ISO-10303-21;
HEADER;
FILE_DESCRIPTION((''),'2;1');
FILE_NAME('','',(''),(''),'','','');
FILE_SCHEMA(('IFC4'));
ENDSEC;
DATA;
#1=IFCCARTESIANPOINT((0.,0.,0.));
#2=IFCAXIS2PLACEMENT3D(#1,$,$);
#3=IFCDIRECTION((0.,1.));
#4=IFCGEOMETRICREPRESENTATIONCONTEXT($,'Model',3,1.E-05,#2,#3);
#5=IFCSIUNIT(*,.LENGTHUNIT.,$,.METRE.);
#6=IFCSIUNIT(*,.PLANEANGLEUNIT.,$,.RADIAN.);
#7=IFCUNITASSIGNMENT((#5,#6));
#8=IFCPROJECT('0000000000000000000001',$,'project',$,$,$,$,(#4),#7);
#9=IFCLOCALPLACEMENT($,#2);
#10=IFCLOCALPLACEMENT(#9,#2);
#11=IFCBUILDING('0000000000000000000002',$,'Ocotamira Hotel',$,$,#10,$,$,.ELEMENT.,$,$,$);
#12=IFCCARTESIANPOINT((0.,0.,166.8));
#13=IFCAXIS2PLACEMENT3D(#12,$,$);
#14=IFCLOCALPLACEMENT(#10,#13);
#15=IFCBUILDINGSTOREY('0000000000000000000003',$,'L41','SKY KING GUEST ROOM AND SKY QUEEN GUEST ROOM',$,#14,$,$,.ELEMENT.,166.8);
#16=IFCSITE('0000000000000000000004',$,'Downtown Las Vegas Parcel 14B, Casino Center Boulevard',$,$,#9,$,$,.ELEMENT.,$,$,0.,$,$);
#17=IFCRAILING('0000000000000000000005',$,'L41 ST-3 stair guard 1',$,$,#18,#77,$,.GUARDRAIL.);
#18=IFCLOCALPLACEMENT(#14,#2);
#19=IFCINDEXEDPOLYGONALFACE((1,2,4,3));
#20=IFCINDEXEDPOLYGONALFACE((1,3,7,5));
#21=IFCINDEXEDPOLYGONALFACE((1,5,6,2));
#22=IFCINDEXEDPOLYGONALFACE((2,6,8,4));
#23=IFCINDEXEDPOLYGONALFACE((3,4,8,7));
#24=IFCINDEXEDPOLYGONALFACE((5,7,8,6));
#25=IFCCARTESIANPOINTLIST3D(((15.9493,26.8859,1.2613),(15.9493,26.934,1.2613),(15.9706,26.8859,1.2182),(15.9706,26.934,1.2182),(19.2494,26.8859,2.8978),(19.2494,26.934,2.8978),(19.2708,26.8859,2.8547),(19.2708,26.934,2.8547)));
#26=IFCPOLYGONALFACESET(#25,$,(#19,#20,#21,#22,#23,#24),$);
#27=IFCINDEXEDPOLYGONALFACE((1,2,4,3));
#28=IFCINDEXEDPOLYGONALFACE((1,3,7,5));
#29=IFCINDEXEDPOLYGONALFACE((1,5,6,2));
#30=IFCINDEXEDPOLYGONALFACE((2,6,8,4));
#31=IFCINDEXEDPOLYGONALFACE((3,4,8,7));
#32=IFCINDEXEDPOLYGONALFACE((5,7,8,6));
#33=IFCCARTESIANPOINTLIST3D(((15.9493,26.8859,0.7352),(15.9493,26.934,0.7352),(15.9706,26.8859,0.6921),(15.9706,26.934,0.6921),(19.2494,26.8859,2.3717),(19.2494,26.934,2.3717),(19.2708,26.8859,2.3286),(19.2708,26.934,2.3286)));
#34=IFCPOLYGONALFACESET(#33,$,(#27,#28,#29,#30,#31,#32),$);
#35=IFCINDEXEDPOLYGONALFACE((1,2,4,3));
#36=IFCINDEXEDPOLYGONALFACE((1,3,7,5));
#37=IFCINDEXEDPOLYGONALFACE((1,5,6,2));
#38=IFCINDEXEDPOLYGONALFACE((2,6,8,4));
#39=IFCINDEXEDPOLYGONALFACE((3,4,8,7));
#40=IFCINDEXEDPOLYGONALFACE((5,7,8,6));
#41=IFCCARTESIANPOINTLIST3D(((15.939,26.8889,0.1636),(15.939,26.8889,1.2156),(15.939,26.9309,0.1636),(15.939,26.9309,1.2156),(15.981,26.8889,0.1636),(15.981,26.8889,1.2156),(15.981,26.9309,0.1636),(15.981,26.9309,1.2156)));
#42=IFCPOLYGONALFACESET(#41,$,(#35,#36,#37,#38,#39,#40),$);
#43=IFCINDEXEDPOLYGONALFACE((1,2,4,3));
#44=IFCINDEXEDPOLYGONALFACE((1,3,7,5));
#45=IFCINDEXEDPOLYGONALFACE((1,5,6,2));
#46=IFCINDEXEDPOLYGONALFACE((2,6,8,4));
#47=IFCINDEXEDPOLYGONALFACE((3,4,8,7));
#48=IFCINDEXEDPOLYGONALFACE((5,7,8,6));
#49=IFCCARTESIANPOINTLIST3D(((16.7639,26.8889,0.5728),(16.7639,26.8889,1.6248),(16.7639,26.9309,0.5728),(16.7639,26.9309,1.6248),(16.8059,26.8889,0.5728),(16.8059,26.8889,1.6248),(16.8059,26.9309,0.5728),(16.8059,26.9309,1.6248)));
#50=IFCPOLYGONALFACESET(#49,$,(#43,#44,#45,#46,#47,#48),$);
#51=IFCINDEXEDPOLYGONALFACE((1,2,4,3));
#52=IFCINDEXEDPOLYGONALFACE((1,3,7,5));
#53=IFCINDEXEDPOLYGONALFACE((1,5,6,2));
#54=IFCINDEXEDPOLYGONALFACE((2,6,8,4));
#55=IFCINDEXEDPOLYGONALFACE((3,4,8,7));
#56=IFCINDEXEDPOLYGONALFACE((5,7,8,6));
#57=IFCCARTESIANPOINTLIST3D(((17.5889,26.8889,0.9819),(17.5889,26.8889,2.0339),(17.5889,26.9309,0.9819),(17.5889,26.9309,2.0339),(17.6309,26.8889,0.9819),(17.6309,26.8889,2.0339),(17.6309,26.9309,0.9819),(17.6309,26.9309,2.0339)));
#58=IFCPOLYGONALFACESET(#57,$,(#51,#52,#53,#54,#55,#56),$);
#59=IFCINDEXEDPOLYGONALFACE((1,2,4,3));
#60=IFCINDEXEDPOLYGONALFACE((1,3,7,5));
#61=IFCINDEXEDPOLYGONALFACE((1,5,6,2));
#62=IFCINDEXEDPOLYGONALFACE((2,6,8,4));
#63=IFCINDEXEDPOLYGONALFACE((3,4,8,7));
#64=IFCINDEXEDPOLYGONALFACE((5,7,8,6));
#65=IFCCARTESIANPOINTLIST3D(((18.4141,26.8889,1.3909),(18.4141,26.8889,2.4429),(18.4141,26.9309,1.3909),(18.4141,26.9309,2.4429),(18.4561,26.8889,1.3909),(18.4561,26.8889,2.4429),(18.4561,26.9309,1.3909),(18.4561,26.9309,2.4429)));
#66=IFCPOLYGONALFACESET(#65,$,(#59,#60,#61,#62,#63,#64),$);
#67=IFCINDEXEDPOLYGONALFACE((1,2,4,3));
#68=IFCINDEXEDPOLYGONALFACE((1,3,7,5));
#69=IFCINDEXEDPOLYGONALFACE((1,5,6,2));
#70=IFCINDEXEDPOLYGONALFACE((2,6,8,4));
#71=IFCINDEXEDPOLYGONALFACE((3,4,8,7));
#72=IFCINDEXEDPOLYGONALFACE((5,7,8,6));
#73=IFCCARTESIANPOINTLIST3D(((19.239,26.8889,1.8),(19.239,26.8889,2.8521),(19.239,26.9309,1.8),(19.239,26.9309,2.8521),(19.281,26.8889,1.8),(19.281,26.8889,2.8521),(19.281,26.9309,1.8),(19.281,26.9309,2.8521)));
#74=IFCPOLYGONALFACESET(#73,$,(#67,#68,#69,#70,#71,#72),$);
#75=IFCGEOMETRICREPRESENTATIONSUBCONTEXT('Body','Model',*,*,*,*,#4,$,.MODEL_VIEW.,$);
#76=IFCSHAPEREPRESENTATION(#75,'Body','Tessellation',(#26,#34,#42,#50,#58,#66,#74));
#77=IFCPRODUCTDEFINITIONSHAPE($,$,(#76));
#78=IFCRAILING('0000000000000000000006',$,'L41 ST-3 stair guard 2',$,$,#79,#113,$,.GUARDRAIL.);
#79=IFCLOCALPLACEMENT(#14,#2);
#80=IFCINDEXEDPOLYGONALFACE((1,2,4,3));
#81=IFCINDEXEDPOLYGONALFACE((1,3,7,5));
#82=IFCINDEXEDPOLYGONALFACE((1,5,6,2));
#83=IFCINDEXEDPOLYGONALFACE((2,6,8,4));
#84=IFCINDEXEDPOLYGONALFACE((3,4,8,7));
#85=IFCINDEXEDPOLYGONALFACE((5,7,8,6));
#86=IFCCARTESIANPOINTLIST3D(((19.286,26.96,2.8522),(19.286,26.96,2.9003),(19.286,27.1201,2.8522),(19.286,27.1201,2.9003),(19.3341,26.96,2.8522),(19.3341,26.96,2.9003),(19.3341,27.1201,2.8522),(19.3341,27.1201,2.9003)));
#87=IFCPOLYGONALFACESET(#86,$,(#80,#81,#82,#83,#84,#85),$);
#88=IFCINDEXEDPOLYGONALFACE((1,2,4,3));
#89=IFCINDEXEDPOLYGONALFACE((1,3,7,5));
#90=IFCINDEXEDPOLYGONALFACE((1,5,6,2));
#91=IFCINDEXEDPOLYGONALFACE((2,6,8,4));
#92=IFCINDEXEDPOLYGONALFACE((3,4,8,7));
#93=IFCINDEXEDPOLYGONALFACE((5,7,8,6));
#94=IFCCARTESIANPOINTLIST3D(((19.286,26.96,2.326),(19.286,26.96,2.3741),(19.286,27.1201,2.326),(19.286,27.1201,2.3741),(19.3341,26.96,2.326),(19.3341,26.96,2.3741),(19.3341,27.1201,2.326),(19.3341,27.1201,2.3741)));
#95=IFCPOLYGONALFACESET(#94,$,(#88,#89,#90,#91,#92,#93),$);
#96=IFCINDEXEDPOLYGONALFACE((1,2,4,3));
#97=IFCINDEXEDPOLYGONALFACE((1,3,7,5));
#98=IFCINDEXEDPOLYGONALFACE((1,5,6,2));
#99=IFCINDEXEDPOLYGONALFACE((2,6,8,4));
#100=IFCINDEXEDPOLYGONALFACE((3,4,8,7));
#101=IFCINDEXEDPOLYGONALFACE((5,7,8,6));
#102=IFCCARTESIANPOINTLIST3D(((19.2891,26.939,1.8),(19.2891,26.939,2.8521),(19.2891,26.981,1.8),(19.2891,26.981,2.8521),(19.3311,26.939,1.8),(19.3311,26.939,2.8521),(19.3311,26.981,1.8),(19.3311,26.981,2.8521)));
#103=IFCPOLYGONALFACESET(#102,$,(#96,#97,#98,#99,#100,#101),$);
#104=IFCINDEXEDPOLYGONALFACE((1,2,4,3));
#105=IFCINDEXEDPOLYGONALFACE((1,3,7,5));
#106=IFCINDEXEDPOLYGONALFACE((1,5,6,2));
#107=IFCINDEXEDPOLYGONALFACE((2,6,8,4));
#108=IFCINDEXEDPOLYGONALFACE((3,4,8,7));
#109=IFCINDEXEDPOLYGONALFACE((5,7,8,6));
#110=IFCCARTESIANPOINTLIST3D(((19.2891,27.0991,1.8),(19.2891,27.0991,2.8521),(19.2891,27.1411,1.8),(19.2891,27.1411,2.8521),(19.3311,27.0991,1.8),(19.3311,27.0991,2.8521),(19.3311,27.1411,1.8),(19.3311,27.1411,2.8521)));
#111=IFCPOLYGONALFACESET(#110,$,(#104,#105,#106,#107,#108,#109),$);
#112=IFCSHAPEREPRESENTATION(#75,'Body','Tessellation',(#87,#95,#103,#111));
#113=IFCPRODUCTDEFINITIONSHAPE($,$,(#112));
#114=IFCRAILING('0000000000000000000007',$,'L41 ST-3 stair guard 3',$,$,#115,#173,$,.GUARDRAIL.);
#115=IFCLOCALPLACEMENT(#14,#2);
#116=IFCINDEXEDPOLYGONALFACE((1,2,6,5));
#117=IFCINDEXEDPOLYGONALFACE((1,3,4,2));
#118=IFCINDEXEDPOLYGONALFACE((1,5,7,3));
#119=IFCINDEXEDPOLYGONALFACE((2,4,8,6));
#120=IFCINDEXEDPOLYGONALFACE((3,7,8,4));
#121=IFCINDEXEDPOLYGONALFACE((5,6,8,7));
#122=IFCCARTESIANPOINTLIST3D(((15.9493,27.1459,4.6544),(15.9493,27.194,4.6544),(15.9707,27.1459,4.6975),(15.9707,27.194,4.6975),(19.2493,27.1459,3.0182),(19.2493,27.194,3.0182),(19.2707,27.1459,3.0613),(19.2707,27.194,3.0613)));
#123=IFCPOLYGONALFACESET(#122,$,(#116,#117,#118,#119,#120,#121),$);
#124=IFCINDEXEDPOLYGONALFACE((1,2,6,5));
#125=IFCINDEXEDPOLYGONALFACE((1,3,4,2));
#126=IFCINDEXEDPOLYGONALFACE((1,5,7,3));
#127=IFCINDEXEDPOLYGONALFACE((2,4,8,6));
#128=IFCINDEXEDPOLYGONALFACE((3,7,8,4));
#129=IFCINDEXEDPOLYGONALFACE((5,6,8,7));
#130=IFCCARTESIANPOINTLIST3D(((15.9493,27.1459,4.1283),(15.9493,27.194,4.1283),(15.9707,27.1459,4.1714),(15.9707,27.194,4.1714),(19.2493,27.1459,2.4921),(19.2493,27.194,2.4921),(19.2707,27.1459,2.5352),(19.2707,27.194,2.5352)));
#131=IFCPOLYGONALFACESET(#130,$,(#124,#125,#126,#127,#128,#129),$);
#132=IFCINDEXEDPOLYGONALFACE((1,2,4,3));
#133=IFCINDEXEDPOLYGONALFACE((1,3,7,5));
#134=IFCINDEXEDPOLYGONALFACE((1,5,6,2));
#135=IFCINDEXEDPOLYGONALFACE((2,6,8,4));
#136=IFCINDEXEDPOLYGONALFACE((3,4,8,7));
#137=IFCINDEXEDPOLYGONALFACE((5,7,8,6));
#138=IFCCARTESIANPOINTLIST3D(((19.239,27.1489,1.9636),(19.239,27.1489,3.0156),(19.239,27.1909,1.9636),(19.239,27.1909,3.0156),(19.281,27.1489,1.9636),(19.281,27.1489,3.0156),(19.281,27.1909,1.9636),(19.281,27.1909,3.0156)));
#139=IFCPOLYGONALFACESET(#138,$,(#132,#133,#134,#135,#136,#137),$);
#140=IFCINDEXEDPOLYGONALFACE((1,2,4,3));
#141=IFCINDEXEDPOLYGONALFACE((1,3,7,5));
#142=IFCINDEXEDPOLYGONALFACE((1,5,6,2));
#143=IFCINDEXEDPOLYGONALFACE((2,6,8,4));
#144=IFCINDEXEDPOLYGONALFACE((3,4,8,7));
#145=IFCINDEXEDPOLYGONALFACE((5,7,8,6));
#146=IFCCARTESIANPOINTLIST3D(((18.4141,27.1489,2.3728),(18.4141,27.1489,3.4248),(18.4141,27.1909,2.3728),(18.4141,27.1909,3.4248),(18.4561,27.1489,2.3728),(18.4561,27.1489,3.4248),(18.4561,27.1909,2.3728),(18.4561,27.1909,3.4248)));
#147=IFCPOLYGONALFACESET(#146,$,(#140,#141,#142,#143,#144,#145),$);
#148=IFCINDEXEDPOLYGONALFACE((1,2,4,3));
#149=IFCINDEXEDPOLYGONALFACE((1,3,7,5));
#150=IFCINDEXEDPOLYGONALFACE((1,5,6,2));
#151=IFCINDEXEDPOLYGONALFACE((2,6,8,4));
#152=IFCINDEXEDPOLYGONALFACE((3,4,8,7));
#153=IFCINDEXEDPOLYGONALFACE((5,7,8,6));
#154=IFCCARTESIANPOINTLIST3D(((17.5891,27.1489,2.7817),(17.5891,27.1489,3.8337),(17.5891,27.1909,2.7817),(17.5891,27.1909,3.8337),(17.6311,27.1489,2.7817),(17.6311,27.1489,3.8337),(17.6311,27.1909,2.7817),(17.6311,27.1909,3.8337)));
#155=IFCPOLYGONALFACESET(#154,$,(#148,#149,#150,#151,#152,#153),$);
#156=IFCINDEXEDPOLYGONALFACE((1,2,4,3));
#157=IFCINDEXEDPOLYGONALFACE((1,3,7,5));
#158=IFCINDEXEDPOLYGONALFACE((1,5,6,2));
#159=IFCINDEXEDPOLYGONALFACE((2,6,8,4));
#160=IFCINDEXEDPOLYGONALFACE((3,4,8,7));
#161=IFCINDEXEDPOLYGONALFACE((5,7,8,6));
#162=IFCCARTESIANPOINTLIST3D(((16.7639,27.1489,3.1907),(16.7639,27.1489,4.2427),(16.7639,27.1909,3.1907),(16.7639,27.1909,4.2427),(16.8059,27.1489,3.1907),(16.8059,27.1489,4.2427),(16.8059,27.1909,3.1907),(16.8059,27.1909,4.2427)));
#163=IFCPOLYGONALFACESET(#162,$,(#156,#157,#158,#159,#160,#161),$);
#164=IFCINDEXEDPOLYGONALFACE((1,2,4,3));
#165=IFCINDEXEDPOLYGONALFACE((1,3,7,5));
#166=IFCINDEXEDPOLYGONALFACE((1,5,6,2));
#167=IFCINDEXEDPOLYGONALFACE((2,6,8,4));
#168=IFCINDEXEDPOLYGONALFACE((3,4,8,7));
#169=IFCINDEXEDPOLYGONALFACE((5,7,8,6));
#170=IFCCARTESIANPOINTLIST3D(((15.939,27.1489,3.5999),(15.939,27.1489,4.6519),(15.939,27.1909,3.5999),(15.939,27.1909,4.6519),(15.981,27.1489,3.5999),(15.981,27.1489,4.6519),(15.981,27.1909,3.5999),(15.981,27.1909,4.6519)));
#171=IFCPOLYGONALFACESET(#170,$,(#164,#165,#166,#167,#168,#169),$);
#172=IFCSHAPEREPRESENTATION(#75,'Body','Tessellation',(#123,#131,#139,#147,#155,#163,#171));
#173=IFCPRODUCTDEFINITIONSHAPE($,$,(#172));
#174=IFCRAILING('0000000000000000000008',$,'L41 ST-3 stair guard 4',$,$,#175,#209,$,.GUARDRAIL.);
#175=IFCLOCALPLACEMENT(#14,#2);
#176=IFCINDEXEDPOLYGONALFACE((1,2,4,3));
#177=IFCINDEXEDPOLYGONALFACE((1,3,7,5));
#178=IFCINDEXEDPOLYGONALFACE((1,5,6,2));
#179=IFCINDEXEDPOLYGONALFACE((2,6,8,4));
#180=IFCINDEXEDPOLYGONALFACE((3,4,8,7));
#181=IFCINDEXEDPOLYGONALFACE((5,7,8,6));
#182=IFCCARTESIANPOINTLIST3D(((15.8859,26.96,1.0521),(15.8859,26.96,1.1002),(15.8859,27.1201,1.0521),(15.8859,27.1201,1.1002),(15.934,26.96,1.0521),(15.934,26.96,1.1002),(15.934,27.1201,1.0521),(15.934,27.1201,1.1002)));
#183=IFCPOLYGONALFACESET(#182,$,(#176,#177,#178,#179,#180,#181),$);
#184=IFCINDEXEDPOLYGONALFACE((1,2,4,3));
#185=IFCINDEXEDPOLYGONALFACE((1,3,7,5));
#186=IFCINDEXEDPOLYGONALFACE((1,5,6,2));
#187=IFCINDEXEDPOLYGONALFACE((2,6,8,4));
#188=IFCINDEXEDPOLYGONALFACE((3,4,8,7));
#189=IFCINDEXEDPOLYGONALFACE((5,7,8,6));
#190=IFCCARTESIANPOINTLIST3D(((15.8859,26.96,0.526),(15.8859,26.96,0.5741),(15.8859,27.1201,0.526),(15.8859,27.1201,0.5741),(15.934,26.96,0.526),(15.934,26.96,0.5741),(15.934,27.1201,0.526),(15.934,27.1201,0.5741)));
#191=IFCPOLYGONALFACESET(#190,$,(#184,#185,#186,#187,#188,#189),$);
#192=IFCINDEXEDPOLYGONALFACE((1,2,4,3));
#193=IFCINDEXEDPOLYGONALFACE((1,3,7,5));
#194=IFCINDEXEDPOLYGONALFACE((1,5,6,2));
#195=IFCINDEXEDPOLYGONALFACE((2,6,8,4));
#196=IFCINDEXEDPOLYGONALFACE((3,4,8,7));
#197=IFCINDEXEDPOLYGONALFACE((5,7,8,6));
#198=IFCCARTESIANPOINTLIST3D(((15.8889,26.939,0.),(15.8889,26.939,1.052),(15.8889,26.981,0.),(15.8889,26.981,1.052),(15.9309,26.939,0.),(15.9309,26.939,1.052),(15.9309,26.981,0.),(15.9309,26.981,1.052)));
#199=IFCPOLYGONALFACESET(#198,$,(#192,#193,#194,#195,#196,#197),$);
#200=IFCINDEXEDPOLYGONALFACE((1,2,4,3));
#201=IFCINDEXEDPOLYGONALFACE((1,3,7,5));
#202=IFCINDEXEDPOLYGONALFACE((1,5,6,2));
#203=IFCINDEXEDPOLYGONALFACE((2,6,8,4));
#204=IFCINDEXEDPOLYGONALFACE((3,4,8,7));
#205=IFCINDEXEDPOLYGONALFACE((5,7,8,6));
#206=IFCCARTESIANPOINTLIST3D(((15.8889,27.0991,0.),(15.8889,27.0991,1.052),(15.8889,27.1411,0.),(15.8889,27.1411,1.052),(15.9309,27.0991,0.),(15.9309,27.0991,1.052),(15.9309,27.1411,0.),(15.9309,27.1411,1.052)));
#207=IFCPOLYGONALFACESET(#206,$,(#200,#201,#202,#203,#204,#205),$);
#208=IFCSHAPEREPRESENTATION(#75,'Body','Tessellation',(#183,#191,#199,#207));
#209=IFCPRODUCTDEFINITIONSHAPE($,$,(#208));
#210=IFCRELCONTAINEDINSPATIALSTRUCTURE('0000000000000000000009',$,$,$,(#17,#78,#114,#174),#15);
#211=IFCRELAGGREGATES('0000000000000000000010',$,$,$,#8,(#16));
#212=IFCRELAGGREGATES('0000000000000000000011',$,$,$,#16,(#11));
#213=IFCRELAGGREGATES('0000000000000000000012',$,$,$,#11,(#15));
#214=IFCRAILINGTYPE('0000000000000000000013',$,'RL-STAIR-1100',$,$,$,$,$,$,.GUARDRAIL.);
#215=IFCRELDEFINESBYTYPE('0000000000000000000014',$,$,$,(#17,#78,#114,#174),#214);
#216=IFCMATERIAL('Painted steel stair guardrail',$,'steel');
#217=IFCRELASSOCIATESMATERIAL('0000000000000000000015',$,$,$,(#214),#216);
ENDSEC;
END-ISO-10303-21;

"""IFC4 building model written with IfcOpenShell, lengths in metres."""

from ifc_helpers import new_model, si_unit, direction, frame, origin, origin_2d, place, context, subcontext, project, spatial, rectangle, extrude, material, type_object, element, save


model = new_model("IFC4")

# Units and contexts
model_context = context("Model", 3, precision=1e-05, world=origin(), true_north=direction((0.0, 1.0)))
body_context = subcontext(model_context, "Body", "Model", "MODEL_VIEW")
ifc_project = project(units=[si_unit("LENGTHUNIT", "METRE"), si_unit("PLANEANGLEUNIT", "RADIAN")], contexts=[model_context])

# Site, building, storey
site_placement = place(None, origin())
site = spatial("IfcSite", under=ifc_project, at=site_placement, Name="Downtown Las Vegas Parcel 14B, Casino Center Boulevard", CompositionType="ELEMENT", RefElevation=0.0)
building_placement = place(site_placement, origin())
building = spatial("IfcBuilding", under=site, at=building_placement, Name="Ocotamira Hotel", CompositionType="ELEMENT")
storey_placement = place(building_placement, frame((0.0, 0.0, 166.8)))
storey = spatial("IfcBuildingStorey", under=building, at=storey_placement, Name="L41", Description="SKY KING GUEST ROOM AND SKY QUEEN GUEST ROOM", CompositionType="ELEMENT", Elevation=166.8)

# Railings
ifc_material_1 = material(Name="Painted steel stair guardrail", Category="steel")
railing_type_1 = type_object("IfcRailingType", Name="RL-STAIR-1100", PredefinedType="GUARDRAIL", material=ifc_material_1)
railing_1_placement = place(storey_placement, frame((15.96, 26.9099, 0.1636)))
element("IfcRailing", 1, at=railing_1_placement, inside=storey, type_object=railing_type_1, Name="L41 ST-3 stair guard 1", PredefinedType="GUARDRAIL", context=body_context, shape_type="SweptSolid", body=[
    extrude(rectangle(XDim=0.0481, YDim=0.0481, at=origin_2d()), frame((0.0, 0.0, 1.0762), z_axis=(0.895894, 0.0, 0.444268), x_axis=(0.0, 1.0, 0.0)), (0.0, 0.0, 1.0), 3.6836),
    extrude(rectangle(XDim=0.0481, YDim=0.0481, at=origin_2d()), frame((0.0, 0.0, 0.55), z_axis=(0.895894, 0.0, 0.444268), x_axis=(0.0, 1.0, 0.0)), (0.0, 0.0, 1.0), 3.6836),
    extrude(rectangle(XDim=0.042, YDim=0.042, at=origin_2d()), origin(), (0.0, 0.0, 1.0), 1.052),
    extrude(rectangle(XDim=0.042, YDim=0.042, at=origin_2d()), frame((0.825, 0.0, 0.4092)), (0.0, 0.0, 1.0), 1.052),
    extrude(rectangle(XDim=0.042, YDim=0.042, at=origin_2d()), frame((1.6499, 0.0, 0.8184)), (0.0, 0.0, 1.0), 1.052),
    extrude(rectangle(XDim=0.042, YDim=0.042, at=origin_2d()), frame((2.4751, 0.0, 1.2273)), (0.0, 0.0, 1.0), 1.052),
    extrude(rectangle(XDim=0.042, YDim=0.042, at=origin_2d()), frame((3.3, 0.0, 1.6365)), (0.0, 0.0, 1.0), 1.052),
])
railing_2_placement = place(storey_placement, frame((19.3101, 26.96, 1.8)))
element("IfcRailing", 2, at=railing_2_placement, inside=storey, type_object=railing_type_1, Name="L41 ST-3 stair guard 2", PredefinedType="GUARDRAIL", context=body_context, shape_type="SweptSolid", body=[
    extrude(rectangle(XDim=0.0481, YDim=0.0481, at=origin_2d()), frame((0.0, 0.0, 1.0762), z_axis=(0.0, 1.0, 0.0), x_axis=(-1.0, 0.0, 0.0)), (0.0, 0.0, 1.0), 0.1602),
    extrude(rectangle(XDim=0.0481, YDim=0.0481, at=origin_2d()), frame((0.0, 0.0, 0.55), z_axis=(0.0, 1.0, 0.0), x_axis=(-1.0, 0.0, 0.0)), (0.0, 0.0, 1.0), 0.1602),
    extrude(rectangle(XDim=0.042, YDim=0.042, at=origin_2d()), origin(), (0.0, 0.0, 1.0), 1.052),
    extrude(rectangle(XDim=0.042, YDim=0.042, at=origin_2d()), frame((0.0, 0.1602, 0.0)), (0.0, 0.0, 1.0), 1.052),
])
railing_3_placement = place(storey_placement, frame((19.26, 27.1699, 1.9636)))
element("IfcRailing", 3, at=railing_3_placement, inside=storey, type_object=railing_type_1, Name="L41 ST-3 stair guard 3", PredefinedType="GUARDRAIL", context=body_context, shape_type="SweptSolid", body=[
    extrude(rectangle(XDim=0.0481, YDim=0.0481, at=origin_2d()), frame((0.0, 0.0, 1.0762), z_axis=(-0.89592, 0.0, 0.444215), x_axis=(0.0, -1.0, 0.0)), (0.0, 0.0, 1.0), 3.6833),
    extrude(rectangle(XDim=0.0481, YDim=0.0481, at=origin_2d()), frame((0.0, 0.0, 0.55), z_axis=(-0.89592, 0.0, 0.444215), x_axis=(0.0, -1.0, 0.0)), (0.0, 0.0, 1.0), 3.6833),
    extrude(rectangle(XDim=0.042, YDim=0.042, at=origin_2d()), origin(), (0.0, 0.0, 1.0), 1.052),
    extrude(rectangle(XDim=0.042, YDim=0.042, at=origin_2d()), frame((-0.825, 0.0, 0.4092)), (0.0, 0.0, 1.0), 1.052),
    extrude(rectangle(XDim=0.042, YDim=0.042, at=origin_2d()), frame((-1.6499, 0.0, 0.8181)), (0.0, 0.0, 1.0), 1.052),
    extrude(rectangle(XDim=0.042, YDim=0.042, at=origin_2d()), frame((-2.4751, 0.0, 1.2271)), (0.0, 0.0, 1.0), 1.052),
    extrude(rectangle(XDim=0.042, YDim=0.042, at=origin_2d()), frame((-3.3, 0.0, 1.6362)), (0.0, 0.0, 1.0), 1.052),
])
railing_4_placement = place(storey_placement, frame((15.9099, 26.96, 0.0)))
element("IfcRailing", 4, at=railing_4_placement, inside=storey, type_object=railing_type_1, Name="L41 ST-3 stair guard 4", PredefinedType="GUARDRAIL", context=body_context, shape_type="SweptSolid", body=[
    extrude(rectangle(XDim=0.0481, YDim=0.0481, at=origin_2d()), frame((0.0, 0.0, 1.0762), z_axis=(0.0, 1.0, 0.0), x_axis=(-1.0, 0.0, 0.0)), (0.0, 0.0, 1.0), 0.1602),
    extrude(rectangle(XDim=0.0481, YDim=0.0481, at=origin_2d()), frame((0.0, 0.0, 0.55), z_axis=(0.0, 1.0, 0.0), x_axis=(-1.0, 0.0, 0.0)), (0.0, 0.0, 1.0), 0.1602),
    extrude(rectangle(XDim=0.042, YDim=0.042, at=origin_2d()), origin(), (0.0, 0.0, 1.0), 1.052),
    extrude(rectangle(XDim=0.042, YDim=0.042, at=origin_2d()), frame((0.0, 0.1602, 0.0)), (0.0, 0.0, 1.0), 1.052),
])

save(model, "model.ifc")
